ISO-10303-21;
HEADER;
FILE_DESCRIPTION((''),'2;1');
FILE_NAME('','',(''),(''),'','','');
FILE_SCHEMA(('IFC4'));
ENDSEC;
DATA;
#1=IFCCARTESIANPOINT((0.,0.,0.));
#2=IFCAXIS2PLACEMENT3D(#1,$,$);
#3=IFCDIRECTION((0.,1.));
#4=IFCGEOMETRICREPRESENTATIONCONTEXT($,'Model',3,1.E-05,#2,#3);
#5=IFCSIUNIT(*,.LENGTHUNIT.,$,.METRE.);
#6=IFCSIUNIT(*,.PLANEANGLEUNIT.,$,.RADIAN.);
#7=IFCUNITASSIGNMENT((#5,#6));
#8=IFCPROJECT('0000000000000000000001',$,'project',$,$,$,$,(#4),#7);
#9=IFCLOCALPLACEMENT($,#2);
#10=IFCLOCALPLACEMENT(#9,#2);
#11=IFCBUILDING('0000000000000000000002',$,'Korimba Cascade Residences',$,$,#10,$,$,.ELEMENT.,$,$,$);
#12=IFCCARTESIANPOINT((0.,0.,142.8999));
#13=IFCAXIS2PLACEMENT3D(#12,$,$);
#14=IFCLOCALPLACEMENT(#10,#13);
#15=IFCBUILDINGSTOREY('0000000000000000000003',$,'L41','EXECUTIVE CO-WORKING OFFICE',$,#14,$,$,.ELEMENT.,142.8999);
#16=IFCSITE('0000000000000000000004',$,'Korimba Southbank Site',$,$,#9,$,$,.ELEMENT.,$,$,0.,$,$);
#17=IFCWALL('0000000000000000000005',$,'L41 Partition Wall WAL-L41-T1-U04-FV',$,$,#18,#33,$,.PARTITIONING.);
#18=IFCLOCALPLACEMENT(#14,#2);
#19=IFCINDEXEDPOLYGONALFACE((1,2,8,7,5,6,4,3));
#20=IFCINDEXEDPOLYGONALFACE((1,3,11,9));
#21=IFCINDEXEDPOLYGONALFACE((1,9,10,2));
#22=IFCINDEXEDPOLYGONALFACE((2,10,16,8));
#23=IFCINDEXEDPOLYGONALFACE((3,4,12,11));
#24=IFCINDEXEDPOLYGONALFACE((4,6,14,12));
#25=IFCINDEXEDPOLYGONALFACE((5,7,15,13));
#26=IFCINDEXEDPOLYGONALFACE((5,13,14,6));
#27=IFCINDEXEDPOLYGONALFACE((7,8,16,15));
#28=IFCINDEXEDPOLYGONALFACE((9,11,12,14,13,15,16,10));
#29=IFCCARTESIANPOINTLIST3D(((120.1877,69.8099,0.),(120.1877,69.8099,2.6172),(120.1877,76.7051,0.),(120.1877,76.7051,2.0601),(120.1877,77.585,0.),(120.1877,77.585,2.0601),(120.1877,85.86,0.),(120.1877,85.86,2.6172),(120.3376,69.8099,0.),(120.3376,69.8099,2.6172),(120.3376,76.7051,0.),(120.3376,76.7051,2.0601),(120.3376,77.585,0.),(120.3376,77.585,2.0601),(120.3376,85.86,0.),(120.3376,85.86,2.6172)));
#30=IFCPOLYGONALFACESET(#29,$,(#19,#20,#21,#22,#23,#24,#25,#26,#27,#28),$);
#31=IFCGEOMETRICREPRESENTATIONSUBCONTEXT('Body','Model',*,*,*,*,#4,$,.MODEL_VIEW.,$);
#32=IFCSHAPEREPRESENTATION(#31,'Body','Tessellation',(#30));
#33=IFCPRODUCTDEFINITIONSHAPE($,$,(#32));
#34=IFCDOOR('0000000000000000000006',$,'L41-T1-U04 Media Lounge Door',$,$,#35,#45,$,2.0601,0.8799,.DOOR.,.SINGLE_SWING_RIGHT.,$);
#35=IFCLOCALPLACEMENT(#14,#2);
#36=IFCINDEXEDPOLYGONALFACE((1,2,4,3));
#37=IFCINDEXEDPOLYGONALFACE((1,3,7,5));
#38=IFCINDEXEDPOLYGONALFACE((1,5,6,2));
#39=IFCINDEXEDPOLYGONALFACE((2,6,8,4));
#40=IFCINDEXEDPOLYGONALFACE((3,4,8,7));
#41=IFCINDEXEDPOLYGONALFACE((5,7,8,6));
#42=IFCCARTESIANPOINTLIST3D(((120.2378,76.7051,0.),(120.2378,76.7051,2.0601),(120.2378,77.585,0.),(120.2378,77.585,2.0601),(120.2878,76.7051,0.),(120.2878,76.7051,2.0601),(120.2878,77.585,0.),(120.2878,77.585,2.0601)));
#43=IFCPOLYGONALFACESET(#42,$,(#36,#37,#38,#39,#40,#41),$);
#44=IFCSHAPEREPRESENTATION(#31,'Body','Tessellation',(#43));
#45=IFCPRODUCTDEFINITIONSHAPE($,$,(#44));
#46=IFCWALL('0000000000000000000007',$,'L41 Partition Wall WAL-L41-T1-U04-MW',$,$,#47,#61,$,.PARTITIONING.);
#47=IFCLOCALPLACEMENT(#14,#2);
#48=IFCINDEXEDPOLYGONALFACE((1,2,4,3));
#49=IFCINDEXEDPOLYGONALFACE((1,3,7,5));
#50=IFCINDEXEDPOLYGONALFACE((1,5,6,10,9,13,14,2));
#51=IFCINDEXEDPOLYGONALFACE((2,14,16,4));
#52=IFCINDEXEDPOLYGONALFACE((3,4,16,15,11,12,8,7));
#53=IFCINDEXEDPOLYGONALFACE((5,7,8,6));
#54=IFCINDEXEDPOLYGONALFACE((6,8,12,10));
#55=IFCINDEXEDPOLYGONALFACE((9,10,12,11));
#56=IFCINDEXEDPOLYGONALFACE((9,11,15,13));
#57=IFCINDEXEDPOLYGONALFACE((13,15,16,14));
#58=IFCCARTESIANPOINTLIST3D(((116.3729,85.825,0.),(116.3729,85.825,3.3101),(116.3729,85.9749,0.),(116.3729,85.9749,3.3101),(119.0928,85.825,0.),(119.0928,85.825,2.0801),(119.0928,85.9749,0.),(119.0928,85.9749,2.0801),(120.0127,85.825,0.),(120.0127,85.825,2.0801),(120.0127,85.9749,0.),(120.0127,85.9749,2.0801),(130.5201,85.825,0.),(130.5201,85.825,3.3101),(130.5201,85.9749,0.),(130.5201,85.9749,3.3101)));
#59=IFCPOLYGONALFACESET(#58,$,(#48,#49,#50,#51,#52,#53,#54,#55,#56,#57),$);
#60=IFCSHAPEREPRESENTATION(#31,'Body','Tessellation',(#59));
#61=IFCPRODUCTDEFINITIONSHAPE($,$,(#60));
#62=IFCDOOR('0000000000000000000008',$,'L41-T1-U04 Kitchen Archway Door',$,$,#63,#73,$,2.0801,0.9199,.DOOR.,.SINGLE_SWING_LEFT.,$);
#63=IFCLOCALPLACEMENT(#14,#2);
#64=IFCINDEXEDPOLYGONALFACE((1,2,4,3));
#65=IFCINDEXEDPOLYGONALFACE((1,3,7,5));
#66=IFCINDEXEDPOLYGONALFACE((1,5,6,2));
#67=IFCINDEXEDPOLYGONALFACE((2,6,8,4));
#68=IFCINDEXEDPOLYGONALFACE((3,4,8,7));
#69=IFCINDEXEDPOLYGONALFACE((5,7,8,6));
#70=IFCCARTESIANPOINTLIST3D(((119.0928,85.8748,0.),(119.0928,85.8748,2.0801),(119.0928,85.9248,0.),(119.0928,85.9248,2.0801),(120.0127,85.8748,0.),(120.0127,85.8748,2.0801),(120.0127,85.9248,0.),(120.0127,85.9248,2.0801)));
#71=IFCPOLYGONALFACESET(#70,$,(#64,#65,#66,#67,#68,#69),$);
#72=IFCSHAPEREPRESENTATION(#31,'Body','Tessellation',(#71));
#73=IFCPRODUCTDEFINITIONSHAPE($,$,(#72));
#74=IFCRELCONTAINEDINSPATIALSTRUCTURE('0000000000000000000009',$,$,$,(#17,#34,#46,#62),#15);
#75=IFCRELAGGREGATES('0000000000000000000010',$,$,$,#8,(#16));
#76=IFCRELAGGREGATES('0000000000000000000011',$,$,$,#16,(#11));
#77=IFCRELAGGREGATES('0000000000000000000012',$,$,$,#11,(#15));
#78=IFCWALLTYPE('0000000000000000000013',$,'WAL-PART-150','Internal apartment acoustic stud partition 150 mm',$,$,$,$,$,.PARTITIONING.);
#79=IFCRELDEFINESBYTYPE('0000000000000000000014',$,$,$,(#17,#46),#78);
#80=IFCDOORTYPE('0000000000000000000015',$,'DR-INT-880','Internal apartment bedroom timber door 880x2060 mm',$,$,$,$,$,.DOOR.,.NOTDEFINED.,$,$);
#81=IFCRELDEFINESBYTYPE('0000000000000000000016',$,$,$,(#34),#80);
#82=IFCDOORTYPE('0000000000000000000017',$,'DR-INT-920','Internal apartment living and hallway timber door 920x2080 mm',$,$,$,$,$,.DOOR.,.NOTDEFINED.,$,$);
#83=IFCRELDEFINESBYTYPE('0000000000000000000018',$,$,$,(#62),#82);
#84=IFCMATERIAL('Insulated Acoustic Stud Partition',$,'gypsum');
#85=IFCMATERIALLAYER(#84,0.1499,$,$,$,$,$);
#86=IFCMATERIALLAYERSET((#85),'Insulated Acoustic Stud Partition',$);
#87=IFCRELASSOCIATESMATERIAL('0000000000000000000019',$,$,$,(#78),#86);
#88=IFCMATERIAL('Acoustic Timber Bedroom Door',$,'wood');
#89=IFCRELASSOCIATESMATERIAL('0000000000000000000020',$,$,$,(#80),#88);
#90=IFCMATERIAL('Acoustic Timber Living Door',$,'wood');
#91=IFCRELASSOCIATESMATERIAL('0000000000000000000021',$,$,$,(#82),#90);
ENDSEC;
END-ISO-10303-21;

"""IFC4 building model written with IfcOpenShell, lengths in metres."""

from ifc_helpers import new_model, si_unit, direction, frame, frame_2d, origin, place, context, subcontext, project, spatial, rectangle, extrude, material, layer, layer_set, type_object, element, fill, save


model = new_model("IFC4")

# Units and contexts
model_context = context("Model", 3, precision=1e-05, world=origin(), true_north=direction((0.0, 1.0)))
body_context = subcontext(model_context, "Body", "Model", "MODEL_VIEW")
ifc_project = project(units=[si_unit("LENGTHUNIT", "METRE"), si_unit("PLANEANGLEUNIT", "RADIAN")], contexts=[model_context])

# Site, building, storey
site_placement = place(None, origin())
site = spatial("IfcSite", under=ifc_project, at=site_placement, Name="Korimba Southbank Site", CompositionType="ELEMENT", RefElevation=0.0)
building_placement = place(site_placement, origin())
building = spatial("IfcBuilding", under=site, at=building_placement, Name="Korimba Cascade Residences", CompositionType="ELEMENT")
storey_placement = place(building_placement, frame((0.0, 0.0, 142.8999)))
storey = spatial("IfcBuildingStorey", under=building, at=storey_placement, Name="L41", Description="EXECUTIVE CO-WORKING OFFICE", CompositionType="ELEMENT", Elevation=142.8999)

# Walls, openings, doors
ifc_material_1 = material(Name="Insulated Acoustic Stud Partition", Category="gypsum")
ifc_layer_1 = layer(ifc_material_1, 0.1499)
ifc_layer_set_1 = layer_set([ifc_layer_1], Name="Insulated Acoustic Stud Partition")
wall_type_1 = type_object("IfcWallType", Name="WAL-PART-150", Description="Internal apartment acoustic stud partition 150 mm", PredefinedType="PARTITIONING", material=ifc_layer_set_1)
ifc_material_2 = material(Name="Acoustic Timber Bedroom Door", Category="wood")
door_type_1 = type_object("IfcDoorType", Name="DR-INT-880", Description="Internal apartment bedroom timber door 880x2060 mm", OperationType="NOTDEFINED", PredefinedType="DOOR", material=ifc_material_2)
wall_1_placement = place(storey_placement, frame((120.2627, 69.8101, 0.0), z_axis=(0.0, 0.0, 1.0), x_axis=(0.0, 1.0, 0.0)))
wall_1 = element("IfcWall", 1, at=wall_1_placement, inside=storey, type_object=wall_type_1, Name="L41 Partition Wall WAL-L41-T1-U04-FV", PredefinedType="PARTITIONING", context=body_context, shape_type="SweptSolid", body=[
    extrude(rectangle(XDim=16.05, YDim=0.1499, at=frame_2d((8.0249, 0.0))), origin(), (0.0, 0.0, 1.0), 2.6172),
])
opening_1_placement = place(wall_1_placement, frame((6.895, 0.0, 0.0)))
opening_1 = element("IfcOpeningElement", 2, at=opening_1_placement, cuts=wall_1, PredefinedType="OPENING", context=body_context, shape_type="SweptSolid", body=[
    extrude(rectangle(XDim=0.8799, YDim=2.0601, at=frame_2d((0.4399, 1.03))), frame((0.0, 0.085, 0.0), z_axis=(0.0, -1.0, 0.0), x_axis=(1.0, 0.0, 0.0)), (0.0, 0.0, 1.0), 0.1699),
])
door_1_placement = place(opening_1_placement, origin())
door_1 = element("IfcDoor", 3, at=door_1_placement, inside=storey, type_object=door_type_1, Name="L41-T1-U04 Media Lounge Door", OperationType="SINGLE_SWING_RIGHT", OverallHeight=2.0601, OverallWidth=0.8799, PredefinedType="DOOR", context=body_context, shape_type="SweptSolid", body=[
    extrude(rectangle(XDim=0.8799, YDim=2.0601, at=frame_2d((0.4399, 1.03))), frame((0.0, 0.0249, 0.0), z_axis=(0.0, -1.0, 0.0), x_axis=(1.0, 0.0, 0.0)), (0.0, 0.0, 1.0), 0.05),
])
fill(opening_1, door_1)
wall_2_placement = place(storey_placement, frame((116.3728, 85.8999, 0.0), z_axis=(0.0, 0.0, 1.0), x_axis=(1.0, 0.0, 0.0)))
wall_2 = element("IfcWall", 4, at=wall_2_placement, inside=storey, type_object=wall_type_1, Name="L41 Partition Wall WAL-L41-T1-U04-MW", PredefinedType="PARTITIONING", context=body_context, shape_type="SweptSolid", body=[
    extrude(rectangle(XDim=14.1472, YDim=0.1499, at=frame_2d((7.0737, 0.0))), origin(), (0.0, 0.0, 1.0), 3.3101),
])
opening_2_placement = place(wall_2_placement, frame((2.72, 0.0, 0.0)))
opening_2 = element("IfcOpeningElement", 5, at=opening_2_placement, cuts=wall_2, PredefinedType="OPENING", context=body_context, shape_type="SweptSolid", body=[
    extrude(rectangle(XDim=0.9199, YDim=2.0801, at=frame_2d((0.46, 1.04))), frame((0.0, 0.085, 0.0), z_axis=(0.0, -1.0, 0.0), x_axis=(1.0, 0.0, 0.0)), (0.0, 0.0, 1.0), 0.1699),
])
ifc_material_3 = material(Name="Acoustic Timber Living Door", Category="wood")
door_type_2 = type_object("IfcDoorType", Name="DR-INT-920", Description="Internal apartment living and hallway timber door 920x2080 mm", OperationType="NOTDEFINED", PredefinedType="DOOR", material=ifc_material_3)
door_2_placement = place(opening_2_placement, origin())
door_2 = element("IfcDoor", 6, at=door_2_placement, inside=storey, type_object=door_type_2, Name="L41-T1-U04 Kitchen Archway Door", OperationType="SINGLE_SWING_LEFT", OverallHeight=2.0801, OverallWidth=0.9199, PredefinedType="DOOR", context=body_context, shape_type="SweptSolid", body=[
    extrude(rectangle(XDim=0.9199, YDim=2.0801, at=frame_2d((0.46, 1.04))), frame((0.0, 0.0249, 0.0), z_axis=(0.0, -1.0, 0.0), x_axis=(1.0, 0.0, 0.0)), (0.0, 0.0, 1.0), 0.05),
])
fill(opening_2, door_2)

save(model, "model.ifc")
